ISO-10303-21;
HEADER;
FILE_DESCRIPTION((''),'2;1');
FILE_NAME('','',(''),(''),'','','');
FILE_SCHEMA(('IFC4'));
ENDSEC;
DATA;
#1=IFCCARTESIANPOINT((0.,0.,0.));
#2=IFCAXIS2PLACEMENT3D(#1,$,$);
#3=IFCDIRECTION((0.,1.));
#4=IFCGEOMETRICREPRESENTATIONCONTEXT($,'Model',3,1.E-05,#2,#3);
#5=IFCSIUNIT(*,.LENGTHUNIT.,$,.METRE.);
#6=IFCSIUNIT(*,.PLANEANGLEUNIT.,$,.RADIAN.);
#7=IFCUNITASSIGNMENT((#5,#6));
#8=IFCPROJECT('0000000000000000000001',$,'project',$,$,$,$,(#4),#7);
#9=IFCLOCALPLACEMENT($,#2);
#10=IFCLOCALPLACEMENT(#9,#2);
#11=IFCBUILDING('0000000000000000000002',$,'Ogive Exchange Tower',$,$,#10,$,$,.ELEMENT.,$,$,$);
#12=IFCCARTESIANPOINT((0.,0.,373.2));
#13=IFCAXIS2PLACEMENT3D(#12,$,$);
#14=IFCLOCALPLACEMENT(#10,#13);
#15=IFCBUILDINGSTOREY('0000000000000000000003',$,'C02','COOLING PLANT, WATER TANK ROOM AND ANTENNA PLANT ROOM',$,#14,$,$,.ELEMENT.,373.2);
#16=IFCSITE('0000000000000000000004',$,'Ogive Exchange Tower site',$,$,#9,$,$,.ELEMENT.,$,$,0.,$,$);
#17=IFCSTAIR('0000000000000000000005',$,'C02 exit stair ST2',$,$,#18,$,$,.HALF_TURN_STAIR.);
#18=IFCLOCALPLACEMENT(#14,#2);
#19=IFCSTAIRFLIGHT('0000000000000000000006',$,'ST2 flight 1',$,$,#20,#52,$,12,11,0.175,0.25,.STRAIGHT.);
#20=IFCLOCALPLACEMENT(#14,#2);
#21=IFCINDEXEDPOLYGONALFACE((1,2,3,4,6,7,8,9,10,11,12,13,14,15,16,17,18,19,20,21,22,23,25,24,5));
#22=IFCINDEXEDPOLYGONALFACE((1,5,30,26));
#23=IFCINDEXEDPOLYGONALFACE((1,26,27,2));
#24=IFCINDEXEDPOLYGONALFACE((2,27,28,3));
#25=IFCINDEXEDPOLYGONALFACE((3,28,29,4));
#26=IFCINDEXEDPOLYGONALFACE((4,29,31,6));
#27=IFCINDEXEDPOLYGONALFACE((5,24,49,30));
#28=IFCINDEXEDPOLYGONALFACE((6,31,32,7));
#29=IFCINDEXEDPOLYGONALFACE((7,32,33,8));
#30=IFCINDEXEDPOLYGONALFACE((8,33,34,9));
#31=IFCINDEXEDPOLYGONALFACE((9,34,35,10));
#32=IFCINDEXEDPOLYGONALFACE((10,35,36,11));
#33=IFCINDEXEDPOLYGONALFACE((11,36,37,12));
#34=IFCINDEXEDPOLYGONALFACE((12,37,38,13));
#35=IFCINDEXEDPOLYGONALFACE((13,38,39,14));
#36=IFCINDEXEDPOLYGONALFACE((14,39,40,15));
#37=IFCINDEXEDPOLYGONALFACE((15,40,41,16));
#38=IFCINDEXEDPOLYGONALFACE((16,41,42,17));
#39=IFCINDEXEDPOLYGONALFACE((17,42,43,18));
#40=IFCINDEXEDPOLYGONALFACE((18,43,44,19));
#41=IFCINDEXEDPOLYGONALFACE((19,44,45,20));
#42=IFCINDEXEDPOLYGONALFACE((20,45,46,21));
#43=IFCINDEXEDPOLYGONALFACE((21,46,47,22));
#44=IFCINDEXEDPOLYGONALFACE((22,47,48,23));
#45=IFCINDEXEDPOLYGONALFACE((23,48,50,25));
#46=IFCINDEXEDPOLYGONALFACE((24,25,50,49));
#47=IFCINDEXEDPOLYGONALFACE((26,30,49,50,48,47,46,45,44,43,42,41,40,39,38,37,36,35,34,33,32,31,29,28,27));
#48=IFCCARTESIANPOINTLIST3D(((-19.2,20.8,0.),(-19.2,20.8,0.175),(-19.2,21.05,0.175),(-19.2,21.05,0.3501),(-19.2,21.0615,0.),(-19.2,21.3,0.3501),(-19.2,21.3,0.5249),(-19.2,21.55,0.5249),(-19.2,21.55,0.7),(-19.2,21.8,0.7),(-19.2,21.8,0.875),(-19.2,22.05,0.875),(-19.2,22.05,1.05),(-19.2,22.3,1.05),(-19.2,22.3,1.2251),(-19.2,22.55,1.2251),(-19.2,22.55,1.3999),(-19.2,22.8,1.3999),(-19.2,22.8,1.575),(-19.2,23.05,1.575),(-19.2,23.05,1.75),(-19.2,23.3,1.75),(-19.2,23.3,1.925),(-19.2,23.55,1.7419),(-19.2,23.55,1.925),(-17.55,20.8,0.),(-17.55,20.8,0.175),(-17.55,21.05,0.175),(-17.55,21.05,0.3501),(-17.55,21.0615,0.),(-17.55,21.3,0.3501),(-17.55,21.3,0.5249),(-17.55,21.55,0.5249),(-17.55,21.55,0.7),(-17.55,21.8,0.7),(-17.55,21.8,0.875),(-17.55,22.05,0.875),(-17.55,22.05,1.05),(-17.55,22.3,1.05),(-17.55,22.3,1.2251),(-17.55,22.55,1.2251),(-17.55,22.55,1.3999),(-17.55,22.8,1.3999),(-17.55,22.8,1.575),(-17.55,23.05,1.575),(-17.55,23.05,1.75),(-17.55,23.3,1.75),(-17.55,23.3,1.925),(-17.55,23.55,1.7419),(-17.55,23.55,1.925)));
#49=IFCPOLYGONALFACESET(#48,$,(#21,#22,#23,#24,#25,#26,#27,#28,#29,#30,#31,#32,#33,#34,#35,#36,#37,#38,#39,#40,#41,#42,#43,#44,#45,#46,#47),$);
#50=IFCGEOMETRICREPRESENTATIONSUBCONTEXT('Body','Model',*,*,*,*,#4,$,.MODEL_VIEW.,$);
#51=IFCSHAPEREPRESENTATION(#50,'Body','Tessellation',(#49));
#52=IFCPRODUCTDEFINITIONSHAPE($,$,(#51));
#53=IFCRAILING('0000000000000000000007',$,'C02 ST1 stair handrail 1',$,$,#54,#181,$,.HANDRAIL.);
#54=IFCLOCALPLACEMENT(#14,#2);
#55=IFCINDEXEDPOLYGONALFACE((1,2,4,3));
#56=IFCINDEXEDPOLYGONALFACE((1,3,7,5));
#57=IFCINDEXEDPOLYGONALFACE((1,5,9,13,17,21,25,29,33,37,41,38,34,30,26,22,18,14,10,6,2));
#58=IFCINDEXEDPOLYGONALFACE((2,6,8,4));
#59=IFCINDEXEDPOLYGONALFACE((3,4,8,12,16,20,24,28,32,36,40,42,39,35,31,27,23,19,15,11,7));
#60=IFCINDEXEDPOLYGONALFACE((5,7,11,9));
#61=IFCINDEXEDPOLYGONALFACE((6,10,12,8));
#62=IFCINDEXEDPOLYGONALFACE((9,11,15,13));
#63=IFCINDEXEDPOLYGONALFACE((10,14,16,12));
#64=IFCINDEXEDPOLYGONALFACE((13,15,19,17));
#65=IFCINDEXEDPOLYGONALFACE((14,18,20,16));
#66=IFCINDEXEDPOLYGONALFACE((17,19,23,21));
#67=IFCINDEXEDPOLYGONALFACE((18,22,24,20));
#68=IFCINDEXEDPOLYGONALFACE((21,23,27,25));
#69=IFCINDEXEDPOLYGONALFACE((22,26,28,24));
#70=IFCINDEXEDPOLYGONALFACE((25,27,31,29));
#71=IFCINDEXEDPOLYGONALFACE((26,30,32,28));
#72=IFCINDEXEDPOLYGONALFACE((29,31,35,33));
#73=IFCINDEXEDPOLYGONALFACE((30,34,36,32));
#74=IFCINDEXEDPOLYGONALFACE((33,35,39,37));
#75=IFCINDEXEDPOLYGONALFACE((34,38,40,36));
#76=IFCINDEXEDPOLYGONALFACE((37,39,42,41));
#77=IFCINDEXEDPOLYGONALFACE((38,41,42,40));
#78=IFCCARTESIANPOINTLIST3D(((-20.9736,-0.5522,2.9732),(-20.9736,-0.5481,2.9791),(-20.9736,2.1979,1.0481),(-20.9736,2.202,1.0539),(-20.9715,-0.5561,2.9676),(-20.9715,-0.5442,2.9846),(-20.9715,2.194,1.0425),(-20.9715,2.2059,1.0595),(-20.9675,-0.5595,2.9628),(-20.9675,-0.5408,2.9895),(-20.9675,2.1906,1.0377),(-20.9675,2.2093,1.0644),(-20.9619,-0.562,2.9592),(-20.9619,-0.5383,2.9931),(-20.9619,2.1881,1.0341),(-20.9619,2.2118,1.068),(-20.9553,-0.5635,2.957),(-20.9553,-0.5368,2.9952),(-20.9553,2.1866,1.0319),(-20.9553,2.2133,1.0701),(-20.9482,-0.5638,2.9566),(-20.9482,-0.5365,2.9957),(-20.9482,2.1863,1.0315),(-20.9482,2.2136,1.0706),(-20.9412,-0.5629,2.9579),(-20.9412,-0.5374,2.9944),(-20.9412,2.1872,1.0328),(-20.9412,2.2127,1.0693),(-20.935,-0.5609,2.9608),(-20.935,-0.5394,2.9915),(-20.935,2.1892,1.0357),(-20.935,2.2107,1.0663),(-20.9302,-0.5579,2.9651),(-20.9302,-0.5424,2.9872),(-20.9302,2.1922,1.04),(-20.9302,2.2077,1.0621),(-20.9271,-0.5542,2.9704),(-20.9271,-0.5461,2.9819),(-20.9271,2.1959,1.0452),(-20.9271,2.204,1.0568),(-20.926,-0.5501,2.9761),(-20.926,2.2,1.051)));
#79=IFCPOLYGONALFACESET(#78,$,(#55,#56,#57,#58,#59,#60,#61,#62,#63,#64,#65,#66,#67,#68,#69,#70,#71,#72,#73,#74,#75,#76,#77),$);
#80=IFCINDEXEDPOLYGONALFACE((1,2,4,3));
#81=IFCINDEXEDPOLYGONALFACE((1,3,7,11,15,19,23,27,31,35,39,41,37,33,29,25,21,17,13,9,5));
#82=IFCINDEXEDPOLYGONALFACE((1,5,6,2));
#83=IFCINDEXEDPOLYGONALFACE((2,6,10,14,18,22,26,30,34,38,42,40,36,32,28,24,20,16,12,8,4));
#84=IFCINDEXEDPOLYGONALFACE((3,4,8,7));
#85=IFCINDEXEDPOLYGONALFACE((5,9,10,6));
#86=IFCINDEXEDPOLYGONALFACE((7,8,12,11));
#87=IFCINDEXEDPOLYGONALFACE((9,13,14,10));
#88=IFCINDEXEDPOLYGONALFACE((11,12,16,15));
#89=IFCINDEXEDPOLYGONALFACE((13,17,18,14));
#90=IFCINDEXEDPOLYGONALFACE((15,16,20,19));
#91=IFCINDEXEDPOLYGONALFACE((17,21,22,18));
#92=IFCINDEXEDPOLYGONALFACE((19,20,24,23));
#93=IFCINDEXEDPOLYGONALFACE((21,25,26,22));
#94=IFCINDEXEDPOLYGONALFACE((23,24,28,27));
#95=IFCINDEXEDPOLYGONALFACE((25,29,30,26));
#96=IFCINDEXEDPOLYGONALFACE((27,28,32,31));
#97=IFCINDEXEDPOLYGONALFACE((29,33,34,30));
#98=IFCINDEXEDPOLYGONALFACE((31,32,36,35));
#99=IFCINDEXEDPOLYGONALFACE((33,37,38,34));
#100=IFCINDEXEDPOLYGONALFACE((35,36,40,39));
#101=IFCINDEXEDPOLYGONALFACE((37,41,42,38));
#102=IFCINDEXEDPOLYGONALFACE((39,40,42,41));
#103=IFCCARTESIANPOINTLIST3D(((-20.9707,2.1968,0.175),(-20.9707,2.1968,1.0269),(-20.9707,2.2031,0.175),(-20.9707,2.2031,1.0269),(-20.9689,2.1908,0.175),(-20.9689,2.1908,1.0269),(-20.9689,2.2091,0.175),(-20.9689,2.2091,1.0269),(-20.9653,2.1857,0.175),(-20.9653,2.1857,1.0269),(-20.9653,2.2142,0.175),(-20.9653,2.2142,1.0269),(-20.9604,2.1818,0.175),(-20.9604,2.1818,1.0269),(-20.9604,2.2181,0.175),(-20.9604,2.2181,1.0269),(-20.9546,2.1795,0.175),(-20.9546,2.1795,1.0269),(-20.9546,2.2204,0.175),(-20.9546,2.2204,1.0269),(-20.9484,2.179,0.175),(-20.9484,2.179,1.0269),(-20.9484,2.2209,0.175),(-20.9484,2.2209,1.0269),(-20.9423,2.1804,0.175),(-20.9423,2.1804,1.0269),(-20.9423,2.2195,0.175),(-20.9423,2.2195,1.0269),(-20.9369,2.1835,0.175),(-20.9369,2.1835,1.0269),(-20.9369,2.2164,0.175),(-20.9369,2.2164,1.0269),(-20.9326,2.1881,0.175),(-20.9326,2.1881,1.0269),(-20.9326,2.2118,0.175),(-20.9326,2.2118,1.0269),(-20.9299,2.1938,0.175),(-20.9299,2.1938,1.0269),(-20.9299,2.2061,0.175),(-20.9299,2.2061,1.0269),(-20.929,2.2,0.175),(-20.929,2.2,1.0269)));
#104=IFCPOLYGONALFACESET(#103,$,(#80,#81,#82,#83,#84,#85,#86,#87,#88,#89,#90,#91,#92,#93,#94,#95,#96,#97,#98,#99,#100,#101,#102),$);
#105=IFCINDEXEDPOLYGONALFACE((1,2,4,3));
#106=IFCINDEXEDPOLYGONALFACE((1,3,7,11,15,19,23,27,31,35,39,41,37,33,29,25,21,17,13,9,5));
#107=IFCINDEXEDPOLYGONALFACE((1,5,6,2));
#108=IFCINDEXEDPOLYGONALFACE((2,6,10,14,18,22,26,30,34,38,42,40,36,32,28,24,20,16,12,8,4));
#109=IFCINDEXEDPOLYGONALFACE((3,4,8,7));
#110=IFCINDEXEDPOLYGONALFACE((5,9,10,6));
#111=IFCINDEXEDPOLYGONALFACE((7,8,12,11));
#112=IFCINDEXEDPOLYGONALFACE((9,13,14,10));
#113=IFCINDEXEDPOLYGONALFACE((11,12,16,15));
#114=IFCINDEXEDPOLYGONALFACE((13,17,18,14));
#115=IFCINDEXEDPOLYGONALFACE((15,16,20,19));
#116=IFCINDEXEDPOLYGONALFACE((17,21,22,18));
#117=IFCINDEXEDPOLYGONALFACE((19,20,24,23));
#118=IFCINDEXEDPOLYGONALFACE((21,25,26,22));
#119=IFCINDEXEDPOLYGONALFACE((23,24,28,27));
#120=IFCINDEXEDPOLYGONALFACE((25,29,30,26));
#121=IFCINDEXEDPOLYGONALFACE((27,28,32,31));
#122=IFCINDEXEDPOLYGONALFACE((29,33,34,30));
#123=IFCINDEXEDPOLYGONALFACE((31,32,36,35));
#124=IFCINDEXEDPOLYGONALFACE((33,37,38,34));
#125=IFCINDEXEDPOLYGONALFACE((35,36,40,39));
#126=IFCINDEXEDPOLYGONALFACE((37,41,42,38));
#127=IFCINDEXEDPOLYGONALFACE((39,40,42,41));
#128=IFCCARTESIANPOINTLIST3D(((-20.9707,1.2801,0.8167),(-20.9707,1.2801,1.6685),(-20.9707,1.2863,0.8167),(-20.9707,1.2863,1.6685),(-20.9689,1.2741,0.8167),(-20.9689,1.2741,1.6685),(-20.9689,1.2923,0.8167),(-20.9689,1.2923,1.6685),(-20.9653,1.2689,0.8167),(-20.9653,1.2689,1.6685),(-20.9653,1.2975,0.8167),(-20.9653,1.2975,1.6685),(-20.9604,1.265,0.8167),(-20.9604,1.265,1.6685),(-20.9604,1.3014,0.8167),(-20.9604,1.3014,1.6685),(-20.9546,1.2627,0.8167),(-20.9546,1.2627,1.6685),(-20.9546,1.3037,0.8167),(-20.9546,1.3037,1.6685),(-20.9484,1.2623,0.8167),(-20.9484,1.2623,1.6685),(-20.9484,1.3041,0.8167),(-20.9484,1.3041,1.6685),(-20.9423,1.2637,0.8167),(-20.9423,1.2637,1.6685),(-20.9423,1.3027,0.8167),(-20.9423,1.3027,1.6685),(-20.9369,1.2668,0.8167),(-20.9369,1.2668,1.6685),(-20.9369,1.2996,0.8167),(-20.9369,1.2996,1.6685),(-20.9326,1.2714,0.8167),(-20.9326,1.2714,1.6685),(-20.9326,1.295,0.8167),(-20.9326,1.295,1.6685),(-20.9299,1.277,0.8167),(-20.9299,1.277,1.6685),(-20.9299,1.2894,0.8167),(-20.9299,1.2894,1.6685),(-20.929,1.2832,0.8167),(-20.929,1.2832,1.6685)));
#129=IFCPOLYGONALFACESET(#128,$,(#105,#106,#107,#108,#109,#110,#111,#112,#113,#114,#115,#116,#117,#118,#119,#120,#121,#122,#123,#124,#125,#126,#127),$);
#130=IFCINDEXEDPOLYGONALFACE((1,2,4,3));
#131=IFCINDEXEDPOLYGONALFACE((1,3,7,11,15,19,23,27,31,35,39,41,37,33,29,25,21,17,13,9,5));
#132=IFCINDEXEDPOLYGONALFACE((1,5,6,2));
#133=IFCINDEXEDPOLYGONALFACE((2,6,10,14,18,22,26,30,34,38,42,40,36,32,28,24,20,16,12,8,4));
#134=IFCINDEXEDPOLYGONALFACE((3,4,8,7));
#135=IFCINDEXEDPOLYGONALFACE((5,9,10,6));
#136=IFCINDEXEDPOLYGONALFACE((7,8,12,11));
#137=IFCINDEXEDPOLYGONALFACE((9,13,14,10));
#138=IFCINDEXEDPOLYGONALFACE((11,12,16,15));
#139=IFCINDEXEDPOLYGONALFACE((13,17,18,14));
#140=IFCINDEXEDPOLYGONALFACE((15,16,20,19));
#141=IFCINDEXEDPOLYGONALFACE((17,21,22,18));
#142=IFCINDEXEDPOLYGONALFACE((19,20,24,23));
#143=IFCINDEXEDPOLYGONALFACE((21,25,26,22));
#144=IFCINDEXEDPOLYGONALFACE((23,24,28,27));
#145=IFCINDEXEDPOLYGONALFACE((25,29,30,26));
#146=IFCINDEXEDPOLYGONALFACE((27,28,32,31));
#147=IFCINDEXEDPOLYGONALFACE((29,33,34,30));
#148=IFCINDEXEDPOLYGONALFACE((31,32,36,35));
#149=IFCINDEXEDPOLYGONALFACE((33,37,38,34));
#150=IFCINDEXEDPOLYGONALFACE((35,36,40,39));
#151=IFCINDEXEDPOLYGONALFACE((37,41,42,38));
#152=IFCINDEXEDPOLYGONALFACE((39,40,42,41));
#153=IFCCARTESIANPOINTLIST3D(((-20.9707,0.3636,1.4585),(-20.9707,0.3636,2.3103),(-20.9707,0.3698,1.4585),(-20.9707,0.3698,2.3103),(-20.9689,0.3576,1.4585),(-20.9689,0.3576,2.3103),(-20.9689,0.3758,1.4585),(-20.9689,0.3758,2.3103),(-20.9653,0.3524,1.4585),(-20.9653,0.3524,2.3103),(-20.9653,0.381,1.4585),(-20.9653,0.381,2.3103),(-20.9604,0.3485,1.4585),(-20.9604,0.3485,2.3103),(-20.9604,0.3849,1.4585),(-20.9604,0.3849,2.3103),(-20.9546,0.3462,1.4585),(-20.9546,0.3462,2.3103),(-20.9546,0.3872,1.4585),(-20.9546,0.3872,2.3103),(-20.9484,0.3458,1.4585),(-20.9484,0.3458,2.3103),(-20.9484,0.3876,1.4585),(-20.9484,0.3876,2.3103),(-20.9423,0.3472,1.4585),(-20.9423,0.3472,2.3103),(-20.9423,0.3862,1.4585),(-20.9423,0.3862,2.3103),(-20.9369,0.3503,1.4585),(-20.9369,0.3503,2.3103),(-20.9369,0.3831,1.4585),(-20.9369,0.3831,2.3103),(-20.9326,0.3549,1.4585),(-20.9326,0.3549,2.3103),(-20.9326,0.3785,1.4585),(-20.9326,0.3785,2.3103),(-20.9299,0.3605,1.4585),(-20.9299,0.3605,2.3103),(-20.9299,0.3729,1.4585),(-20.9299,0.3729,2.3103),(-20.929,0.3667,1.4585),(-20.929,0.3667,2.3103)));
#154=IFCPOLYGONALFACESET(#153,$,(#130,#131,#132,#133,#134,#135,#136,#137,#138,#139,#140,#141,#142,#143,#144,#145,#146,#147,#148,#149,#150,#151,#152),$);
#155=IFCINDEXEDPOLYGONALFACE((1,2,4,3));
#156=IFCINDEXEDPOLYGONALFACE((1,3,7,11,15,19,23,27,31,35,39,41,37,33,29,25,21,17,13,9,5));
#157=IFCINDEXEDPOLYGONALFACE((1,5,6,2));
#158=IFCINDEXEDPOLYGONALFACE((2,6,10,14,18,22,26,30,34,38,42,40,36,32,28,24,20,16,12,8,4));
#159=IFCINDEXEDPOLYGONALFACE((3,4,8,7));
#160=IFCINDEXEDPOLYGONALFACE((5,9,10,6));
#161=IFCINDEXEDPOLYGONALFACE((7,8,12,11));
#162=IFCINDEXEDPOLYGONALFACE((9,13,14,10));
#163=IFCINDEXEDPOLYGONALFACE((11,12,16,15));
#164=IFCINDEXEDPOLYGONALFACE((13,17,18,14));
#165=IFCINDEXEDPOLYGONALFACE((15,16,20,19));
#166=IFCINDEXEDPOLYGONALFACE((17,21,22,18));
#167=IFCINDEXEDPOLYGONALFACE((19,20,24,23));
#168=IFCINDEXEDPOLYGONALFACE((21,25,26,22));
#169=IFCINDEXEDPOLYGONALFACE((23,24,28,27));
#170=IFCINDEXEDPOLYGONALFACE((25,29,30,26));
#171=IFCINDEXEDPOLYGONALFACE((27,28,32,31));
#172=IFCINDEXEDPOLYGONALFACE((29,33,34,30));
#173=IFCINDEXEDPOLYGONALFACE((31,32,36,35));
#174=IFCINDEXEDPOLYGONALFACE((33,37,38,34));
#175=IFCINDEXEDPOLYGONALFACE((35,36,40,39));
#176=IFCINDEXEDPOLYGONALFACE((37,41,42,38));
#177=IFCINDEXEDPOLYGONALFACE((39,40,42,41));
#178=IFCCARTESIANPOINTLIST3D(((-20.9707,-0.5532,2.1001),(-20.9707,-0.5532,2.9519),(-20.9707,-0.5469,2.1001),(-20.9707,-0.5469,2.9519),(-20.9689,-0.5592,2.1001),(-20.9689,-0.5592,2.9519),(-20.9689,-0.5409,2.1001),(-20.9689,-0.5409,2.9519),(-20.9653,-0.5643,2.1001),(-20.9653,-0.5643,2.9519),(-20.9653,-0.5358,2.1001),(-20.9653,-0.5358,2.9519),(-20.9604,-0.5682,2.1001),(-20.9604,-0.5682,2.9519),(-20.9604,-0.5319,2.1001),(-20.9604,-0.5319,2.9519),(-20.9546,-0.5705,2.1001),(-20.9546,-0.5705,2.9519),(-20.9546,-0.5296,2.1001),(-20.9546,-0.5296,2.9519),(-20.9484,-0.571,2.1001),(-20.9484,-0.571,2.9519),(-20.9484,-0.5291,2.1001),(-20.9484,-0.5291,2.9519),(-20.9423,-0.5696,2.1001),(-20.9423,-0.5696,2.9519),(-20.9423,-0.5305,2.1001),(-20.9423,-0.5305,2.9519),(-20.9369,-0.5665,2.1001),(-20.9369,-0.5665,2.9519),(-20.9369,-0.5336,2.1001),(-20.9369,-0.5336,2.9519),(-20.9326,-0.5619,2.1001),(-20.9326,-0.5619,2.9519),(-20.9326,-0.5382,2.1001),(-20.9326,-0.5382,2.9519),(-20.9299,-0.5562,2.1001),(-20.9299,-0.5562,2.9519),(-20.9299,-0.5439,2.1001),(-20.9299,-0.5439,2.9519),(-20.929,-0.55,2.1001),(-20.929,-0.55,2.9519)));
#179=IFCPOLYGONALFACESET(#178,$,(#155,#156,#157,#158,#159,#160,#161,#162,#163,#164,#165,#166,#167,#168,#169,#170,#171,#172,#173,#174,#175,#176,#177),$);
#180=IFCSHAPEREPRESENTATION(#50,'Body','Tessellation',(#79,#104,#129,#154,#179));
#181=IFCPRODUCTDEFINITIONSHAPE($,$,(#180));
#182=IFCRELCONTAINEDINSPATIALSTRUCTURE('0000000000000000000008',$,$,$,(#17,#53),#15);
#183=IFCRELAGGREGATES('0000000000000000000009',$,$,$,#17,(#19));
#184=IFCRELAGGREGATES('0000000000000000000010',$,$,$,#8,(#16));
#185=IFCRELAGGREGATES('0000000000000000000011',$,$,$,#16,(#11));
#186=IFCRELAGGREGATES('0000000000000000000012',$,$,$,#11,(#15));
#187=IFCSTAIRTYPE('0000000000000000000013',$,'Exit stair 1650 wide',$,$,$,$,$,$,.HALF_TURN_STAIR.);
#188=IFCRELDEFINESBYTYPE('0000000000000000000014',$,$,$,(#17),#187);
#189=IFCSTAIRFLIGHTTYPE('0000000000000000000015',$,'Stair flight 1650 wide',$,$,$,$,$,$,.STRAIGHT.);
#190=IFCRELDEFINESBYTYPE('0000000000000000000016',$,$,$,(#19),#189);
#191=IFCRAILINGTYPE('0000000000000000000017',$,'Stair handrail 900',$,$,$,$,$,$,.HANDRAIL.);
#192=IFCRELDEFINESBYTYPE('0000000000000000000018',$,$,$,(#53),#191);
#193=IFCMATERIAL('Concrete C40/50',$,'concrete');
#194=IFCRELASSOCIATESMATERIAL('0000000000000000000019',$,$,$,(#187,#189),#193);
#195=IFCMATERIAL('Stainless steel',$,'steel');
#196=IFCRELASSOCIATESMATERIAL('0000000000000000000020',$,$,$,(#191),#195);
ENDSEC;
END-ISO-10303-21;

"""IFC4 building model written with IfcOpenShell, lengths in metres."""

from ifc_helpers import new_model, si_unit, direction, frame, origin, origin_2d, place, context, subcontext, project, spatial, polyline, circle, outline, extrude, material, type_object, element, aggregate, save


model = new_model("IFC4")

# Units and contexts
model_context = context("Model", 3, precision=1e-05, world=origin(), true_north=direction((0.0, 1.0)))
body_context = subcontext(model_context, "Body", "Model", "MODEL_VIEW")
ifc_project = project(units=[si_unit("LENGTHUNIT", "METRE"), si_unit("PLANEANGLEUNIT", "RADIAN")], contexts=[model_context])

# Site, building, storey
site_placement = place(None, origin())
site = spatial("IfcSite", under=ifc_project, at=site_placement, Name="Ogive Exchange Tower site", CompositionType="ELEMENT", RefElevation=0.0)
building_placement = place(site_placement, origin())
building = spatial("IfcBuilding", under=site, at=building_placement, Name="Ogive Exchange Tower", CompositionType="ELEMENT")
storey_placement = place(building_placement, frame((0.0, 0.0, 373.2)))
storey = spatial("IfcBuildingStorey", under=building, at=storey_placement, Name="C02", Description="COOLING PLANT, WATER TANK ROOM AND ANTENNA PLANT ROOM", CompositionType="ELEMENT", Elevation=373.2)

# Stair, stair flight
ifc_material_1 = material(Name="Concrete C40/50", Category="concrete")
stair_type = type_object("IfcStairType", Name="Exit stair 1650 wide", PredefinedType="HALF_TURN_STAIR", material=ifc_material_1)
stair_flight_type = type_object("IfcStairFlightType", Name="Stair flight 1650 wide", PredefinedType="STRAIGHT", material=ifc_material_1)
stair_1_placement = place(storey_placement, origin())
stair_1 = element("IfcStair", 1, at=stair_1_placement, inside=storey, type_object=stair_type, Name="C02 exit stair ST2", PredefinedType="HALF_TURN_STAIR")
stair_flight_1_placement = place(storey_placement, frame((-18.375, 20.8, 0.0), z_axis=(0.0, 0.0, 1.0), x_axis=(0.0, 1.0, 0.0)))
stair_flight_1 = element("IfcStairFlight", 2, at=stair_flight_1_placement, type_object=stair_flight_type, Name="ST2 flight 1", NumberOfRisers=12, NumberOfTreads=11, PredefinedType="STRAIGHT", RiserHeight=0.175, TreadLength=0.25, context=body_context, shape_type="SweptSolid", body=[
    extrude(outline(polyline([(0.0, 0.0), (0.0, 0.175), (0.25, 0.175), (0.25, 0.3501), (0.5, 0.3501), (0.5, 0.5249), (0.75, 0.5249), (0.75, 0.7), (1.0, 0.7), (1.0, 0.875), (1.25, 0.875), (1.25, 1.05), (1.5, 1.05), (1.5, 1.2251), (1.75, 1.2251), (1.75, 1.3999), (2.0, 1.3999), (2.0, 1.575), (2.25, 1.575), (2.25, 1.75), (2.5, 1.75), (2.5, 1.925), (2.75, 1.925), (2.75, 2.1001), (2.75, 1.7419), (0.2615, 0.0), (0.0, 0.0)])), frame((0.0, 0.825, 0.0), z_axis=(0.0, -1.0, 0.0), x_axis=(1.0, 0.0, 0.0)), (0.0, 0.0, 1.0), 1.6499),
])
aggregate(stair_1, [stair_flight_1])

# Railing
ifc_material_2 = material(Name="Stainless steel", Category="steel")
railing_type = type_object("IfcRailingType", Name="Stair handrail 900", PredefinedType="HANDRAIL", material=ifc_material_2)
railing_placement = place(storey_placement, frame((-20.95, 2.2, 0.175)))
element("IfcRailing", 3, at=railing_placement, inside=storey, type_object=railing_type, Name="C02 ST1 stair handrail 1", PredefinedType="HANDRAIL", context=body_context, shape_type="SweptSolid", body=[
    extrude(circle(Radius=0.0239, at=origin_2d()), frame((0.0, 0.0, 0.876), z_axis=(0.0, -0.819225, 0.573472), x_axis=(1.0, 0.0, 0.0)), (0.0, 0.0, 1.0), 3.3569),
    extrude(circle(Radius=0.021, at=origin_2d()), origin(), (0.0, 0.0, 1.0), 0.8518),
    extrude(circle(Radius=0.021, at=origin_2d()), frame((0.0, -0.9167, 0.6416)), (0.0, 0.0, 1.0), 0.8518),
    extrude(circle(Radius=0.021, at=origin_2d()), frame((0.0, -1.8333, 1.2834)), (0.0, 0.0, 1.0), 0.8518),
    extrude(circle(Radius=0.021, at=origin_2d()), frame((0.0, -2.75, 1.925)), (0.0, 0.0, 1.0), 0.8518),
])

save(model, "model.ifc")
